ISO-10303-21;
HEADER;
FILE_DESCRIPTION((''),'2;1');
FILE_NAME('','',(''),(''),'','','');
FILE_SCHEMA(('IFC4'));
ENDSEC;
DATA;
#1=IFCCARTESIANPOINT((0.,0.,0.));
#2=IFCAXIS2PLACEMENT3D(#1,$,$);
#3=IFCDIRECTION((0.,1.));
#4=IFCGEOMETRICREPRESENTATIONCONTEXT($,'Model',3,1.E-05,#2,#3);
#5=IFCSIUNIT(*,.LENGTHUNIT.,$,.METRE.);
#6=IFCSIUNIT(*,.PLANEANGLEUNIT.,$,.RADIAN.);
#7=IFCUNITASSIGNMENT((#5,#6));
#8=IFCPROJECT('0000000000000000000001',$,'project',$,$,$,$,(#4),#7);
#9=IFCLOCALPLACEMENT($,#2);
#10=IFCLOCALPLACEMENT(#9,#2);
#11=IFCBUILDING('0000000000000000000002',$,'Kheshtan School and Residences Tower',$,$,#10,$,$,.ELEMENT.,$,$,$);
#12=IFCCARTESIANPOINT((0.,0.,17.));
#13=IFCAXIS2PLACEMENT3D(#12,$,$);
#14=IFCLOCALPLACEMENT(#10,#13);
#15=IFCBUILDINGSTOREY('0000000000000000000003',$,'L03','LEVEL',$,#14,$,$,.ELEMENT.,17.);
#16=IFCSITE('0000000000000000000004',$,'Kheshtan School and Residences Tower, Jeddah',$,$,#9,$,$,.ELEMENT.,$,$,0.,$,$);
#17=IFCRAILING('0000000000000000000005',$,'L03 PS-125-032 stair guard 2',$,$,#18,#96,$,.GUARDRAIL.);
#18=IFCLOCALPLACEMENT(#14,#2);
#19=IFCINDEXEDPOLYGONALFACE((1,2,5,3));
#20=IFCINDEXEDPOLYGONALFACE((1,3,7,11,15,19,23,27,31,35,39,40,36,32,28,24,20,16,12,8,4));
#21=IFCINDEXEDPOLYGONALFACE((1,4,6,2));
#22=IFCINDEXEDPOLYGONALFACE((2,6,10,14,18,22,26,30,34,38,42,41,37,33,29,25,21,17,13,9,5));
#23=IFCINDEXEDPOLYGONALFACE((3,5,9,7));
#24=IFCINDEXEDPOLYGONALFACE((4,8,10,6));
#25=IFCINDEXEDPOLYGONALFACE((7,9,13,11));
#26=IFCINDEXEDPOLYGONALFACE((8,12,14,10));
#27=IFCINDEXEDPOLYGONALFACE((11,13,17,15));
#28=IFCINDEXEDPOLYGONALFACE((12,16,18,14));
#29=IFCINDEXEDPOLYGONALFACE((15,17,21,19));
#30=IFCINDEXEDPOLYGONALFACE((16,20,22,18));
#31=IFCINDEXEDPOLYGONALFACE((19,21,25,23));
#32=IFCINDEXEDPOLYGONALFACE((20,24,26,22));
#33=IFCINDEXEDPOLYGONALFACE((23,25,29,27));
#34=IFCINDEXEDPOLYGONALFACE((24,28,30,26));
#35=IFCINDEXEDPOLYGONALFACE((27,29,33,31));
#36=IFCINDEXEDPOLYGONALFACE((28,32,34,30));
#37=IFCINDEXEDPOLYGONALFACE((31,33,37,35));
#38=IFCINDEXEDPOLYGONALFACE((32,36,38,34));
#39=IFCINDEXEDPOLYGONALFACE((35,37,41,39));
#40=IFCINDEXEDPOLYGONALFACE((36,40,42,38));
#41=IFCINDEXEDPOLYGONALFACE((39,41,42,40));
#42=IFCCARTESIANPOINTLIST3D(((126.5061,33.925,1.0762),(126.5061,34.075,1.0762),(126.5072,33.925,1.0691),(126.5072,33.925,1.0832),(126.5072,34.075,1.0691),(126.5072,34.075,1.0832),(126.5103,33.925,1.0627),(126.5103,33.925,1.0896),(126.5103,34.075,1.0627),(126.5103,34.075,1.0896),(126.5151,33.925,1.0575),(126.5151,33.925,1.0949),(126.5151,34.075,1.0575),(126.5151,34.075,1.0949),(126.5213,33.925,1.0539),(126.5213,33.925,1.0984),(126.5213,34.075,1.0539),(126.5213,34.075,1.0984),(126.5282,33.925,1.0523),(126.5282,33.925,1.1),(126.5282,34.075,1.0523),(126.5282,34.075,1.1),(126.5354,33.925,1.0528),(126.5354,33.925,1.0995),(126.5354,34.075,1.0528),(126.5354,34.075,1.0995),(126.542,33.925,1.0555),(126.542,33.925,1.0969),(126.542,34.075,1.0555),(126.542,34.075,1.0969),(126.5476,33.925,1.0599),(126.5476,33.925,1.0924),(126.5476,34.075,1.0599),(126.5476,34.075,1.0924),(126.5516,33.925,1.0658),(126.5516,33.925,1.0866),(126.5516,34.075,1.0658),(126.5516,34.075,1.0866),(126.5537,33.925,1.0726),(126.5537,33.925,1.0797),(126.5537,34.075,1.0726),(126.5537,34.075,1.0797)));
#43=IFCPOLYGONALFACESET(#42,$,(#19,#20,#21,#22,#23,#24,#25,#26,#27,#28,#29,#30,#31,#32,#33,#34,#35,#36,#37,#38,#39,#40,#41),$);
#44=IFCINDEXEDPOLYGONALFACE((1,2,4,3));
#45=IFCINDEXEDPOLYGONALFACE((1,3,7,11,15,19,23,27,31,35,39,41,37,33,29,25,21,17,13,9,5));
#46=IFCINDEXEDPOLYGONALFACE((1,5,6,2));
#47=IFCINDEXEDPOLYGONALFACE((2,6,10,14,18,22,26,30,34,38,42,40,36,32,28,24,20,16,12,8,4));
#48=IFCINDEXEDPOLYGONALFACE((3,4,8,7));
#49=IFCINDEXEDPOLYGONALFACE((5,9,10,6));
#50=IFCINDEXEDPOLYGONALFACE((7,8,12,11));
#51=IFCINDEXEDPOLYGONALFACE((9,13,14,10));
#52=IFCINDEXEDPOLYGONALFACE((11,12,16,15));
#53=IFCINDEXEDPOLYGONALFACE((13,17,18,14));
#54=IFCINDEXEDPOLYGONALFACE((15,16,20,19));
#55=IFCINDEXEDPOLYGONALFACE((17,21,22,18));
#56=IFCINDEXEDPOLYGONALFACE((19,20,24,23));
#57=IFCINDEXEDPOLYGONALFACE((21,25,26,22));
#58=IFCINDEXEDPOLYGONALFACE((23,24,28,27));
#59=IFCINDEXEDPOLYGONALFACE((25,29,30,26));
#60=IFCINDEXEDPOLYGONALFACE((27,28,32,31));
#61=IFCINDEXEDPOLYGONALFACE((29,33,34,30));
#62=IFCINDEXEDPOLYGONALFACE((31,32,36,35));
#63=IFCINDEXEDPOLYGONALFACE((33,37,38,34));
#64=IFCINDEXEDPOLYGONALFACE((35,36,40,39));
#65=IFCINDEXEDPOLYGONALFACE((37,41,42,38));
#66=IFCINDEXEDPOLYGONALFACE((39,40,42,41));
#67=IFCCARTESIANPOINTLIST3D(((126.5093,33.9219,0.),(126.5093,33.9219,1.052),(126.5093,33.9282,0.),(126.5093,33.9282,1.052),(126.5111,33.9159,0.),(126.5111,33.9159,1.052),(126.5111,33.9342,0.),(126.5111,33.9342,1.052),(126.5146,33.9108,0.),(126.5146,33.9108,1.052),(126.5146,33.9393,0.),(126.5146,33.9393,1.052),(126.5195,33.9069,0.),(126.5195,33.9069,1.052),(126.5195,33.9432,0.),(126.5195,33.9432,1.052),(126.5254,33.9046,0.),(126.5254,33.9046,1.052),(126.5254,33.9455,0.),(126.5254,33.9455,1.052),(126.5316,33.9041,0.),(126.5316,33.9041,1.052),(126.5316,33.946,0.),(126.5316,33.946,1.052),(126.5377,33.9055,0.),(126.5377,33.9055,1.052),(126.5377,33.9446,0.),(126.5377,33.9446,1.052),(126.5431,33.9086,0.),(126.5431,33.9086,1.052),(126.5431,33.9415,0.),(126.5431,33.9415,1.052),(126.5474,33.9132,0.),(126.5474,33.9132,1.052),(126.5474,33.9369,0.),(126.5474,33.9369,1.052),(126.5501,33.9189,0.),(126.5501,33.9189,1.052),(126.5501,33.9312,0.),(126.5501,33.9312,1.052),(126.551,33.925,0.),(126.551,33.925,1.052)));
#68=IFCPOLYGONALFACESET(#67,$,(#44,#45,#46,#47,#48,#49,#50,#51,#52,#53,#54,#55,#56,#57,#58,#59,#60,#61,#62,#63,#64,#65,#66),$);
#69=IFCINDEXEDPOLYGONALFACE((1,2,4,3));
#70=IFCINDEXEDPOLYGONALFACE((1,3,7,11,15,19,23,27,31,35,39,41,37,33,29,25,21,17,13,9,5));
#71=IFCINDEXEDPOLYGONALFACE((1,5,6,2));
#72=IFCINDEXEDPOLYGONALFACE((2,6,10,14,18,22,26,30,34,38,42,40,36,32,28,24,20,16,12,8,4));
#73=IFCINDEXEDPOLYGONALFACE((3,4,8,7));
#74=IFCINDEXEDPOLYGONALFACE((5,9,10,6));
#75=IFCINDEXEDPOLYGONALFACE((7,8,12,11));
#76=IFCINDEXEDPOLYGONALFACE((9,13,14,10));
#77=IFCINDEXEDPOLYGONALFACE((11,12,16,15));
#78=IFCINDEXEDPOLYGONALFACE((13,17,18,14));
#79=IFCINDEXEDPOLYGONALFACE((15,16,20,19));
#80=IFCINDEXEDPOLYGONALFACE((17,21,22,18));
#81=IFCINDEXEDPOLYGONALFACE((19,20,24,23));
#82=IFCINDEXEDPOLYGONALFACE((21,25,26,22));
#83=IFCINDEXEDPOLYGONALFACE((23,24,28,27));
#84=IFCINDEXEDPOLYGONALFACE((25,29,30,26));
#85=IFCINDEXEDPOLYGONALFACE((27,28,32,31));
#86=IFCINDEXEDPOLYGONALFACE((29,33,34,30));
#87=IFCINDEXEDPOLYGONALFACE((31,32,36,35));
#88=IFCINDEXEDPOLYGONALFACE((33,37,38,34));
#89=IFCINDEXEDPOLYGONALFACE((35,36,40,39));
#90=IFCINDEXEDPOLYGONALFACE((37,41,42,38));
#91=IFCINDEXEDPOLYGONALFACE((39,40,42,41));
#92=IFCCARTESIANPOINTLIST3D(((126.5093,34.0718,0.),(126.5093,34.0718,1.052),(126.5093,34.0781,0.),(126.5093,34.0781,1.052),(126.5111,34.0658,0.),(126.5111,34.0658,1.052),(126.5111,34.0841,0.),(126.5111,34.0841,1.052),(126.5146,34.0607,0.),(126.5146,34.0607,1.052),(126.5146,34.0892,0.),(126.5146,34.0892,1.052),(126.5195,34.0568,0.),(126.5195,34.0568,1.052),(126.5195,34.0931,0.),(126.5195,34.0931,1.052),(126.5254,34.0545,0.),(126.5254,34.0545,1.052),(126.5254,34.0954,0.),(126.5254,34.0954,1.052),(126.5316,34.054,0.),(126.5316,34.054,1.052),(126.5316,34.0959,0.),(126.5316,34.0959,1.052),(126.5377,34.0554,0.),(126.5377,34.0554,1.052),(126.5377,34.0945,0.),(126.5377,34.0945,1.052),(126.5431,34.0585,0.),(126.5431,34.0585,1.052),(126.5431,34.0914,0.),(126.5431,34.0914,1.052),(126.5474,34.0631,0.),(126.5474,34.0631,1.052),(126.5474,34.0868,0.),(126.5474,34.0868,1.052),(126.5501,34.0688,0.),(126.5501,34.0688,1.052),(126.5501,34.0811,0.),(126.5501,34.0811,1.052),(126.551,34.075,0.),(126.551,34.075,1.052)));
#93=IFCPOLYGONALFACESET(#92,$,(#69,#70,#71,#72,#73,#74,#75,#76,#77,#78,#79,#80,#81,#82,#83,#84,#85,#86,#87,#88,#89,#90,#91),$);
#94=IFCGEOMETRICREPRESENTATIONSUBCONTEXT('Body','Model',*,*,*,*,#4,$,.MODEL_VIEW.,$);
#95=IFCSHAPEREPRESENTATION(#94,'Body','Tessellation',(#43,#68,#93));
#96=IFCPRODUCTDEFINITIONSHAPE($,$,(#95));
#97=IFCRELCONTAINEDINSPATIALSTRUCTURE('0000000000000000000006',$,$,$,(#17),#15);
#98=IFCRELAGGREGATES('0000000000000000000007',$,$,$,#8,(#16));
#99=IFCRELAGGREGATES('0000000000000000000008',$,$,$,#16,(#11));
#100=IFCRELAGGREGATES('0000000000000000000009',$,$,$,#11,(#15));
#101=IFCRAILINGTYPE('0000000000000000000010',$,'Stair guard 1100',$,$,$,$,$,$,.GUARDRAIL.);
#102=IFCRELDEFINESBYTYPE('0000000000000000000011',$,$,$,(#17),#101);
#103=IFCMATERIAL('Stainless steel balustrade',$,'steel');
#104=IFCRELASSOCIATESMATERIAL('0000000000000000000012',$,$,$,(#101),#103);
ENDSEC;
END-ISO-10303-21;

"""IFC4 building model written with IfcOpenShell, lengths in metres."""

from ifc_helpers import new_model, si_unit, direction, frame, origin, origin_2d, place, context, subcontext, project, spatial, circle, extrude, material, type_object, element, save


model = new_model("IFC4")

# Units and contexts
model_context = context("Model", 3, precision=1e-05, world=origin(), true_north=direction((0.0, 1.0)))
body_context = subcontext(model_context, "Body", "Model", "MODEL_VIEW")
ifc_project = project(units=[si_unit("LENGTHUNIT", "METRE"), si_unit("PLANEANGLEUNIT", "RADIAN")], contexts=[model_context])

# Site, building, storey
site_placement = place(None, origin())
site = spatial("IfcSite", under=ifc_project, at=site_placement, Name="Kheshtan School and Residences Tower, Jeddah", CompositionType="ELEMENT", RefElevation=0.0)
building_placement = place(site_placement, origin())
building = spatial("IfcBuilding", under=site, at=building_placement, Name="Kheshtan School and Residences Tower", CompositionType="ELEMENT")
storey_placement = place(building_placement, frame((0.0, 0.0, 17.0)))
storey = spatial("IfcBuildingStorey", under=building, at=storey_placement, Name="L03", Description="LEVEL", CompositionType="ELEMENT", Elevation=17.0)

# Railing
ifc_material_1 = material(Name="Stainless steel balustrade", Category="steel")
railing_type_1 = type_object("IfcRailingType", Name="Stair guard 1100", PredefinedType="GUARDRAIL", material=ifc_material_1)
railing_1_placement = place(storey_placement, frame((126.53, 33.925, 0.0)))
element("IfcRailing", 1, at=railing_1_placement, inside=storey, type_object=railing_type_1, Name="L03 PS-125-032 stair guard 2", PredefinedType="GUARDRAIL", context=body_context, shape_type="SweptSolid", body=[
    extrude(circle(Radius=0.0239, at=origin_2d()), frame((0.0, 0.0, 1.0762), z_axis=(0.0, 1.0, 0.0), x_axis=(-1.0, 0.0, 0.0)), (0.0, 0.0, 1.0), 0.1499),
    extrude(circle(Radius=0.021, at=origin_2d()), origin(), (0.0, 0.0, 1.0), 1.052),
    extrude(circle(Radius=0.021, at=origin_2d()), frame((0.0, 0.1499, 0.0)), (0.0, 0.0, 1.0), 1.052),
])

save(model, "model.ifc")
